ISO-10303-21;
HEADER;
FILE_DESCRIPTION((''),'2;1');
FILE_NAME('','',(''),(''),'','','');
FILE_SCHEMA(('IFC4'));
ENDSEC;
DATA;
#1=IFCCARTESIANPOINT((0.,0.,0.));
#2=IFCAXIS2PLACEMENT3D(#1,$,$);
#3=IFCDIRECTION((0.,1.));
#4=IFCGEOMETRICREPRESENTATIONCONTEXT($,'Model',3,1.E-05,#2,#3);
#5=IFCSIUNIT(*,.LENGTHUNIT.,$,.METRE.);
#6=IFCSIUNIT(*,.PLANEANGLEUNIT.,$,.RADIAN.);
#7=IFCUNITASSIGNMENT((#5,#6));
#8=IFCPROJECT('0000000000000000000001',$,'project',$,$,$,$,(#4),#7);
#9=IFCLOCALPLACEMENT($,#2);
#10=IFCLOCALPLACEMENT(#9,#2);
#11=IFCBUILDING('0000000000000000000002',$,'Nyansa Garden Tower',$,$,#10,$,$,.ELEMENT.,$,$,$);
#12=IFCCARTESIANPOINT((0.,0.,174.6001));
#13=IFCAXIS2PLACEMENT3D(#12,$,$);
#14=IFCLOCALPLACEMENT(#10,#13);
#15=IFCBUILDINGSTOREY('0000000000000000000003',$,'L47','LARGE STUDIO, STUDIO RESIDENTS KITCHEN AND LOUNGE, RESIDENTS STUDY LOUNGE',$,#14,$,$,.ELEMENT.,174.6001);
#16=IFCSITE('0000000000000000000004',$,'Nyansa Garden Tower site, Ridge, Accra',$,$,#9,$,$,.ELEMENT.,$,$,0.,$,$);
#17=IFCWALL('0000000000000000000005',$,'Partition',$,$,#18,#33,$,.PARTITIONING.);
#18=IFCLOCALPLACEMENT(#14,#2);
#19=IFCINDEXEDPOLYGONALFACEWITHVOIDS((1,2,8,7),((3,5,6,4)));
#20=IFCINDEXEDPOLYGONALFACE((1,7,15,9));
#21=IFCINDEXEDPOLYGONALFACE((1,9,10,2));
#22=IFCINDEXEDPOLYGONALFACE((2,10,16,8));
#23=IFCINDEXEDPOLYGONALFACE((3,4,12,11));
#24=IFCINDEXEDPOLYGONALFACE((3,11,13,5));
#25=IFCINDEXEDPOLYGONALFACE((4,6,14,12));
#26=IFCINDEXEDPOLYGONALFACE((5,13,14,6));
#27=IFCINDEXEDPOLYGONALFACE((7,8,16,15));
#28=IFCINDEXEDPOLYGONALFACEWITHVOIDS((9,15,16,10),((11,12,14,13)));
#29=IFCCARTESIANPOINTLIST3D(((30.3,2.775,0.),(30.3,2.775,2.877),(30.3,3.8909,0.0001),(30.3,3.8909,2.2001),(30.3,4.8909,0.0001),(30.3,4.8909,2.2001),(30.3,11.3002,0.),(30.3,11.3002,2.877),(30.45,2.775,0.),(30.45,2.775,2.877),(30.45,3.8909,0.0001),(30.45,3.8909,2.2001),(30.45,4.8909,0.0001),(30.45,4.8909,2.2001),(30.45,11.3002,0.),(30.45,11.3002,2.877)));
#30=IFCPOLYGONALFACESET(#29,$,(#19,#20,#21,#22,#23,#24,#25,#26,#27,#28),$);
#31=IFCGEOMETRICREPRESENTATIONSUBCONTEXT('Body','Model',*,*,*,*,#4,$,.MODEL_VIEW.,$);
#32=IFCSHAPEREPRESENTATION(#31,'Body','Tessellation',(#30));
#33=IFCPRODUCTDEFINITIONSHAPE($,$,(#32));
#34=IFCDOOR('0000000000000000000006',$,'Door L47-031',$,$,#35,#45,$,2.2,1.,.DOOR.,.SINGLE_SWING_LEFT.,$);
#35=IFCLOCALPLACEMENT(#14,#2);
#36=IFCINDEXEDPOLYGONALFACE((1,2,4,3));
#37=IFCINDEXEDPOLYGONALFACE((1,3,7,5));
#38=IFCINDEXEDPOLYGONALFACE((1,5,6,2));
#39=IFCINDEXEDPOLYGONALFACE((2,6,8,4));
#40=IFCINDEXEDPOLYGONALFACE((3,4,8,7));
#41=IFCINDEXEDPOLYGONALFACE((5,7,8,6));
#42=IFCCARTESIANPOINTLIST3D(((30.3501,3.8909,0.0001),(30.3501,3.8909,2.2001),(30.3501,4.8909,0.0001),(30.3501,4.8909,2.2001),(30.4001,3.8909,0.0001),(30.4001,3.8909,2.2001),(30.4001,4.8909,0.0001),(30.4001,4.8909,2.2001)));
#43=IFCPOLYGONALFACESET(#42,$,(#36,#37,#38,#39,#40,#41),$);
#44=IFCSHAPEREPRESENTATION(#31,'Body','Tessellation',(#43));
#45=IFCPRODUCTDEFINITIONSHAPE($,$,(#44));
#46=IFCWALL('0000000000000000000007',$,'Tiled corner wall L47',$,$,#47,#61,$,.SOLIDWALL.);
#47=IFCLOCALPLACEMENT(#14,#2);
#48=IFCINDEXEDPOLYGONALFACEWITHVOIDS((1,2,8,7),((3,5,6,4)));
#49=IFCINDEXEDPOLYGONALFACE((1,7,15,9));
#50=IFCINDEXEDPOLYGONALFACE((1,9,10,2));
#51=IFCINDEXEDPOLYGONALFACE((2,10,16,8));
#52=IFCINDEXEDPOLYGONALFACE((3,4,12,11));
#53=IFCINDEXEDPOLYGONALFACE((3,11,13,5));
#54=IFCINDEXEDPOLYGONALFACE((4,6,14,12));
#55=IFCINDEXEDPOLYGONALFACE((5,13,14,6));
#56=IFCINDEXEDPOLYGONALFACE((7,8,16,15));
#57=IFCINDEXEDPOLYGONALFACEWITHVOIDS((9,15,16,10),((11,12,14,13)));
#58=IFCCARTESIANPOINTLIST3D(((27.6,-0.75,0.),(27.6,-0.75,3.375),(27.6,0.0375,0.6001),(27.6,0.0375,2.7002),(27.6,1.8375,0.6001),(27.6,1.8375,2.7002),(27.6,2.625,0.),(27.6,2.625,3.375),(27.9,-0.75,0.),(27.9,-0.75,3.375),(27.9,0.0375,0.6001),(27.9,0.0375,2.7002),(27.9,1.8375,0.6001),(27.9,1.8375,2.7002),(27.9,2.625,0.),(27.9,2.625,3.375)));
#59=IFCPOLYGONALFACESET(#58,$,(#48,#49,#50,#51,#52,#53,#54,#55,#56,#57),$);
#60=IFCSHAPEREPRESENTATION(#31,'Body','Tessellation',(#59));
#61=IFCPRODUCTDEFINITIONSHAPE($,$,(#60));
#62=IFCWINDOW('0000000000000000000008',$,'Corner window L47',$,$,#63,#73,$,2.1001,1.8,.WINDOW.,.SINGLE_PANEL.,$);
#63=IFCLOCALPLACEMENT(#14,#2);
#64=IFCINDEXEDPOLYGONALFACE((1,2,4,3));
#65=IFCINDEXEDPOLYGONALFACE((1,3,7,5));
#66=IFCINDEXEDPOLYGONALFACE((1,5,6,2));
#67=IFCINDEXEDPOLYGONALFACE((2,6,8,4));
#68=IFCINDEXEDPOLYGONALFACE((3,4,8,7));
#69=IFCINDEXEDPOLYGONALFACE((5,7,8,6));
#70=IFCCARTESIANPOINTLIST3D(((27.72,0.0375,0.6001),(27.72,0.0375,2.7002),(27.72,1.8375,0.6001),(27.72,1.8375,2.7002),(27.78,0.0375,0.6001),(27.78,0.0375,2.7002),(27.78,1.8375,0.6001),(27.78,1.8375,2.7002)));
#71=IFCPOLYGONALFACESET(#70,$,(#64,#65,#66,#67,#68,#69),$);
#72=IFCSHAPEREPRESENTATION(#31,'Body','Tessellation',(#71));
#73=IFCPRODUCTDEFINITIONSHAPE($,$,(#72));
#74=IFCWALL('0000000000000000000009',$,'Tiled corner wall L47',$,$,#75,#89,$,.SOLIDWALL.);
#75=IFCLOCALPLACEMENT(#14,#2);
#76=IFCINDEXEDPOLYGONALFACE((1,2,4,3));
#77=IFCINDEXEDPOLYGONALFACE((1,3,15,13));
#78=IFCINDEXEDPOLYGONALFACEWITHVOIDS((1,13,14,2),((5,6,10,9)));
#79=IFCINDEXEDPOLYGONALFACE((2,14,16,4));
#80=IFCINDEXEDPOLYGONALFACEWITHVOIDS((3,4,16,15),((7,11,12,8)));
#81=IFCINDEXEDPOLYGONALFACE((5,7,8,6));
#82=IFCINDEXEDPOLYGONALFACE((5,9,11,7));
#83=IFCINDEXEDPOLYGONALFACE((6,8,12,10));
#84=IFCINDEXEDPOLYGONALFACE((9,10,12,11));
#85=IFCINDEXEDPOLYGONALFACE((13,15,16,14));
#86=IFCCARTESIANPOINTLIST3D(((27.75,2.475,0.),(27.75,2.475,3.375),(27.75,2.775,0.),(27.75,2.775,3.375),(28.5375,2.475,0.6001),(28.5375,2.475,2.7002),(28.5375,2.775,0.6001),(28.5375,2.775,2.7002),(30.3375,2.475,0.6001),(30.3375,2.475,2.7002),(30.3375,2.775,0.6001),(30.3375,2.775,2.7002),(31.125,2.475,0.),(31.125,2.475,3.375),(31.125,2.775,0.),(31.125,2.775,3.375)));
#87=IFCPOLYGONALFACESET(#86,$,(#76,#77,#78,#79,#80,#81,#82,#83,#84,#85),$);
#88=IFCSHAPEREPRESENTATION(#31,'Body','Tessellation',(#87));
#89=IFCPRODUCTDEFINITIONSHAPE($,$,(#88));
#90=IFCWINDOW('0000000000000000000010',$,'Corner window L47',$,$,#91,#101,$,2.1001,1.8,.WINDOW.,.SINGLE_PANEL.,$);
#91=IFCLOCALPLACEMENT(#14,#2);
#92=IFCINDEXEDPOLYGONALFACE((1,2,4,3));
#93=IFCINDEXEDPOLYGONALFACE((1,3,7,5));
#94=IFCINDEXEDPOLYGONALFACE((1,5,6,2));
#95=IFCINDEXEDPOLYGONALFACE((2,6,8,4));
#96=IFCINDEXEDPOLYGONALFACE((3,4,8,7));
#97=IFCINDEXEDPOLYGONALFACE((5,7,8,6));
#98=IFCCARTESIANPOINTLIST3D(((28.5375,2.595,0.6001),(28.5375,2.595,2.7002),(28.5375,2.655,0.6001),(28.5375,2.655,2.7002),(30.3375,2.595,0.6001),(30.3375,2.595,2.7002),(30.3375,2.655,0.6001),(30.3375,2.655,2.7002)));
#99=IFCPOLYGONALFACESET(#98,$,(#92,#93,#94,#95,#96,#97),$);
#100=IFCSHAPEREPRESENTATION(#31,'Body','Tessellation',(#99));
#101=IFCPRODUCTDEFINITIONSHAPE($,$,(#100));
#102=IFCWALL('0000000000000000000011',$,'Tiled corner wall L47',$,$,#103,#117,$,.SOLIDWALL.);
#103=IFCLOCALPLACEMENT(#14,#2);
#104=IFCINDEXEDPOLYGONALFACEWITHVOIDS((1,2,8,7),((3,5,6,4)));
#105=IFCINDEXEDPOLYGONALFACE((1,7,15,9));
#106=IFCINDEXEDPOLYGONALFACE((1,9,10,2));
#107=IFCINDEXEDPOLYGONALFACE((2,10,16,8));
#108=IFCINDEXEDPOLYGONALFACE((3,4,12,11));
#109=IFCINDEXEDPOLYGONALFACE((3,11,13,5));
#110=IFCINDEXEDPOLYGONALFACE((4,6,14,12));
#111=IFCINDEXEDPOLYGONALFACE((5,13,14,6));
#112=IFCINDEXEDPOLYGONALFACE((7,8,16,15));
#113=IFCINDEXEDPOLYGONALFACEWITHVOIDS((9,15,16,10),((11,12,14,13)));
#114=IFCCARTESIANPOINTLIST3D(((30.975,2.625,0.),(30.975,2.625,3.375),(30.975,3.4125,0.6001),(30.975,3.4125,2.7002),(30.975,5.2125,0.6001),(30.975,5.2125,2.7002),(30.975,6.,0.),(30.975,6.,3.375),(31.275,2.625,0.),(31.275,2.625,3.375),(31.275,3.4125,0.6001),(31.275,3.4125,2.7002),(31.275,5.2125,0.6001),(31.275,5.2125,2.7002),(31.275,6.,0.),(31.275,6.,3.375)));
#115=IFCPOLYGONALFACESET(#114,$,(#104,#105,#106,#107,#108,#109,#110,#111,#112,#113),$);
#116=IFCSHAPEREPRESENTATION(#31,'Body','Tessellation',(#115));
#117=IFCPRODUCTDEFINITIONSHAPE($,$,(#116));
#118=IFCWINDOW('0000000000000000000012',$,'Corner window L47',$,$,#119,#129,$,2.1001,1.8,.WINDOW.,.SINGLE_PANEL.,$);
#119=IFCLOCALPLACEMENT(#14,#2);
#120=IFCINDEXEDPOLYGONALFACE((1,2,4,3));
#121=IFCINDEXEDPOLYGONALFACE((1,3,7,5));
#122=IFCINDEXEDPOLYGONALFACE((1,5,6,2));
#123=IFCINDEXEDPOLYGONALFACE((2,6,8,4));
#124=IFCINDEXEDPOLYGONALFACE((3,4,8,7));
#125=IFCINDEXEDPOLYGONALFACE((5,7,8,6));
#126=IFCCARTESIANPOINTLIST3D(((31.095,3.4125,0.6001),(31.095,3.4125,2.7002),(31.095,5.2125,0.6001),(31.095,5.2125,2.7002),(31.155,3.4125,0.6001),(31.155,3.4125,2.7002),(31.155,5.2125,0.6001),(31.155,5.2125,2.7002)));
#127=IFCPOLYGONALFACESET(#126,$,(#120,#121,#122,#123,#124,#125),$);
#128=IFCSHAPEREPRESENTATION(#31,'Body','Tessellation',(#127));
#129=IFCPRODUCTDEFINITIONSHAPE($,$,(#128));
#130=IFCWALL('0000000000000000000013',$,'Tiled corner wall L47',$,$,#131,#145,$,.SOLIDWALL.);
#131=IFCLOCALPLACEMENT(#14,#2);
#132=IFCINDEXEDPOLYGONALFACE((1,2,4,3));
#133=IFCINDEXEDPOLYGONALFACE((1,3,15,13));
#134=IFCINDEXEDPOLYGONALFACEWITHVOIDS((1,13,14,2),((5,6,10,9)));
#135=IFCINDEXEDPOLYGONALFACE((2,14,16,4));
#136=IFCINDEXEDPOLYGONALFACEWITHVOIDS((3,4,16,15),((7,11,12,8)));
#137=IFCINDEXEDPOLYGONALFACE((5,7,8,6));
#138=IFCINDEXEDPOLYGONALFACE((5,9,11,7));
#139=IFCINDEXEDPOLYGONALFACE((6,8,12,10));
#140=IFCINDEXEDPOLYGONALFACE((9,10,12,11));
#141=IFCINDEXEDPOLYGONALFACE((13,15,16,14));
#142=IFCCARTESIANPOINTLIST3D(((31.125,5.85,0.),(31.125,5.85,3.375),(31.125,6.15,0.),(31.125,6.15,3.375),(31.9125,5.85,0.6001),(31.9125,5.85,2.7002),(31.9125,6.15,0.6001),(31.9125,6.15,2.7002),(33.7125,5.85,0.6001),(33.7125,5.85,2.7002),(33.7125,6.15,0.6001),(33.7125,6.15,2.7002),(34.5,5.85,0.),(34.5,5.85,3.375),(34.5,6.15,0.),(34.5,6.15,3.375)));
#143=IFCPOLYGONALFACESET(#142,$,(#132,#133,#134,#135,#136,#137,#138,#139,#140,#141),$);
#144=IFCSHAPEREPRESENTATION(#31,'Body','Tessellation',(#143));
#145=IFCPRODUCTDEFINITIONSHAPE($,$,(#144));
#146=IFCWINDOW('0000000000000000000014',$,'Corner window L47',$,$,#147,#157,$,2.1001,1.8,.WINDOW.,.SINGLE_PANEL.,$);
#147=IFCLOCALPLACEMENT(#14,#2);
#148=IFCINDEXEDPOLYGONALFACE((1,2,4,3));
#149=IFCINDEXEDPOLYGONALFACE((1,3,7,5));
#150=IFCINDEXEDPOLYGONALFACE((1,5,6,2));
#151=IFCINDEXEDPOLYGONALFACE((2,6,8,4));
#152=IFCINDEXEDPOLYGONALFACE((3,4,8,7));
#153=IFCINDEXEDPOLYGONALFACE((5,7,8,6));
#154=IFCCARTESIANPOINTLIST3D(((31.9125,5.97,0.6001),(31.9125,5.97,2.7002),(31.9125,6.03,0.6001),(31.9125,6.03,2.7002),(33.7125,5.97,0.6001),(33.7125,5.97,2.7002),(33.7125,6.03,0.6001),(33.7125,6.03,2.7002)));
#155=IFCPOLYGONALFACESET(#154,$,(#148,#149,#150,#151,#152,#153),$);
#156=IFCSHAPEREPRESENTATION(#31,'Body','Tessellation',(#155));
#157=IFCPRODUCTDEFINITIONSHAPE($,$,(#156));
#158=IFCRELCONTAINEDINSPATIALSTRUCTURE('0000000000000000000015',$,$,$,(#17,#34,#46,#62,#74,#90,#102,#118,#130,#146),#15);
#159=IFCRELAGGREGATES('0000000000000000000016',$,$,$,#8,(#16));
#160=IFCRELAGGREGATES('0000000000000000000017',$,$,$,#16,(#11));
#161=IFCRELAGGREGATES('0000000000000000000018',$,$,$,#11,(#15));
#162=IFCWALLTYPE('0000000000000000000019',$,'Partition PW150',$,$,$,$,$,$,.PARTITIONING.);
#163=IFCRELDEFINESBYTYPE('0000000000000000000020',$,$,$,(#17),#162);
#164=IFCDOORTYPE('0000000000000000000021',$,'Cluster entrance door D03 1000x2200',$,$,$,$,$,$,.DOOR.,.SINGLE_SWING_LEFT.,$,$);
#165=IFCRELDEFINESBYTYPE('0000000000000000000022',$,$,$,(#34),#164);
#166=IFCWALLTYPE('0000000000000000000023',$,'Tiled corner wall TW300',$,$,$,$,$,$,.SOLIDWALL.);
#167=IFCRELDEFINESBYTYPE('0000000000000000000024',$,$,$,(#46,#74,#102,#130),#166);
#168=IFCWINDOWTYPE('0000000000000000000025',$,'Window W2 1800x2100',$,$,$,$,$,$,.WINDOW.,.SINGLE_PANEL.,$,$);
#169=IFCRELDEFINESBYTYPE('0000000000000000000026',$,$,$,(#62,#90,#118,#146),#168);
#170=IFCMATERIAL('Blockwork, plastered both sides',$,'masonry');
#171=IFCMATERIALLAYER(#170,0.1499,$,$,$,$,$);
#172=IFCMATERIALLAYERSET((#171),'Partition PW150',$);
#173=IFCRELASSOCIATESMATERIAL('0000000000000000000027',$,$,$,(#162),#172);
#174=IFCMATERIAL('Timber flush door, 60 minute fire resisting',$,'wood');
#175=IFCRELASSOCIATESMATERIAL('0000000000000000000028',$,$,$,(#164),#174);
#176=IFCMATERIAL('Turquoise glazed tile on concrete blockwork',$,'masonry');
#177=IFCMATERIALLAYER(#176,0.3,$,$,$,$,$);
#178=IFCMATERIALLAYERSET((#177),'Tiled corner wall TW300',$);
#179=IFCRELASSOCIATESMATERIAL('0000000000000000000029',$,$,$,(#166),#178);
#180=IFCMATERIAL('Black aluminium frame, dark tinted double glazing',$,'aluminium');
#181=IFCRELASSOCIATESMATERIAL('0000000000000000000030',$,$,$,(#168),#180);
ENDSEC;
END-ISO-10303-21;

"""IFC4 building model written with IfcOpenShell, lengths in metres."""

from ifc_helpers import new_model, si_unit, direction, frame, frame_2d, origin, place, context, subcontext, project, spatial, rectangle, extrude, material, layer, layer_set, type_object, element, fill, save


model = new_model("IFC4")

# Units and contexts
model_context = context("Model", 3, precision=1e-05, world=origin(), true_north=direction((0.0, 1.0)))
body_context = subcontext(model_context, "Body", "Model", "MODEL_VIEW")
ifc_project = project(units=[si_unit("LENGTHUNIT", "METRE"), si_unit("PLANEANGLEUNIT", "RADIAN")], contexts=[model_context])

# Site, building, storey
site_placement = place(None, origin())
site = spatial("IfcSite", under=ifc_project, at=site_placement, Name="Nyansa Garden Tower site, Ridge, Accra", CompositionType="ELEMENT", RefElevation=0.0)
building_placement = place(site_placement, origin())
building = spatial("IfcBuilding", under=site, at=building_placement, Name="Nyansa Garden Tower", CompositionType="ELEMENT")
storey_placement = place(building_placement, frame((0.0, 0.0, 174.6001)))
storey = spatial("IfcBuildingStorey", under=building, at=storey_placement, Name="L47", Description="LARGE STUDIO, STUDIO RESIDENTS KITCHEN AND LOUNGE, RESIDENTS STUDY LOUNGE", CompositionType="ELEMENT", Elevation=174.6001)

# Shared definitions
ifc_material_1 = material(Name="Blockwork, plastered both sides", Category="masonry")
ifc_layer_1 = layer(ifc_material_1, 0.1499)
ifc_layer_set_1 = layer_set([ifc_layer_1], Name="Partition PW150")
wall_type_1 = type_object("IfcWallType", Name="Partition PW150", PredefinedType="PARTITIONING", material=ifc_layer_set_1)

# Wall, opening, door
wall_1_placement = place(storey_placement, frame((30.375, 2.7749, 0.0), z_axis=(0.0, 0.0, 1.0), x_axis=(0.0, 1.0, 0.0)))
wall_1 = element("IfcWall", 1, at=wall_1_placement, inside=storey, type_object=wall_type_1, Name="Partition", PredefinedType="PARTITIONING", context=body_context, shape_type="SweptSolid", body=[
    extrude(rectangle(XDim=8.5251, YDim=0.1499, at=frame_2d((4.2627, 0.0))), origin(), (0.0, 0.0, 1.0), 2.877),
])
opening_1_placement = place(wall_1_placement, frame((1.116, 0.0, 0.0)))
opening_1 = element("IfcOpeningElement", 2, at=opening_1_placement, cuts=wall_1, PredefinedType="OPENING", context=body_context, shape_type="SweptSolid", body=[
    extrude(rectangle(XDim=1.0, YDim=2.2, at=frame_2d((0.5, 1.1001))), frame((0.0, 0.085, 0.0), z_axis=(0.0, -1.0, 0.0), x_axis=(1.0, 0.0, 0.0)), (0.0, 0.0, 1.0), 0.1699),
])
ifc_material_2 = material(Name="Timber flush door, 60 minute fire resisting", Category="wood")
door_type = type_object("IfcDoorType", Name="Cluster entrance door D03 1000x2200", OperationType="SINGLE_SWING_LEFT", PredefinedType="DOOR", material=ifc_material_2)
door_placement = place(opening_1_placement, origin())
door = element("IfcDoor", 3, at=door_placement, inside=storey, type_object=door_type, Name="Door L47-031", OperationType="SINGLE_SWING_LEFT", OverallHeight=2.2, OverallWidth=1.0, PredefinedType="DOOR", context=body_context, shape_type="SweptSolid", body=[
    extrude(rectangle(XDim=1.0, YDim=2.2, at=frame_2d((0.5, 1.1001))), frame((0.0, 0.0249, 0.0), z_axis=(0.0, -1.0, 0.0), x_axis=(1.0, 0.0, 0.0)), (0.0, 0.0, 1.0), 0.05),
])
fill(opening_1, door)

# Walls, openings, windows
ifc_material_3 = material(Name="Turquoise glazed tile on concrete blockwork", Category="masonry")
ifc_layer_2 = layer(ifc_material_3, 0.3)
ifc_layer_set_2 = layer_set([ifc_layer_2], Name="Tiled corner wall TW300")
wall_type_2 = type_object("IfcWallType", Name="Tiled corner wall TW300", PredefinedType="SOLIDWALL", material=ifc_layer_set_2)
wall_2_placement = place(storey_placement, frame((27.75, -0.75, 0.0), z_axis=(0.0, 0.0, 1.0), x_axis=(0.0, 1.0, 0.0)))
wall_2 = element("IfcWall", 4, at=wall_2_placement, inside=storey, type_object=wall_type_2, Name="Tiled corner wall L47", PredefinedType="SOLIDWALL", context=body_context, shape_type="SweptSolid", body=[
    extrude(rectangle(XDim=3.375, YDim=0.3, at=frame_2d((1.6875, 0.0))), origin(), (0.0, 0.0, 1.0), 3.375),
])
opening_2_placement = place(wall_2_placement, frame((0.7876, 0.0, 0.6001)))
opening_2 = element("IfcOpeningElement", 5, at=opening_2_placement, cuts=wall_2, PredefinedType="OPENING", context=body_context, shape_type="SweptSolid", body=[
    extrude(rectangle(XDim=1.8, YDim=2.1001, at=frame_2d((0.8999, 1.05))), frame((0.0, 0.1599, 0.0), z_axis=(0.0, -1.0, 0.0), x_axis=(1.0, 0.0, 0.0)), (0.0, 0.0, 1.0), 0.3201),
])
ifc_material_4 = material(Name="Black aluminium frame, dark tinted double glazing", Category="aluminium")
window_type = type_object("IfcWindowType", Name="Window W2 1800x2100", PartitioningType="SINGLE_PANEL", PredefinedType="WINDOW", material=ifc_material_4)
window_1_placement = place(opening_2_placement, origin())
window_1 = element("IfcWindow", 6, at=window_1_placement, inside=storey, type_object=window_type, Name="Corner window L47", OverallHeight=2.1001, OverallWidth=1.8, PartitioningType="SINGLE_PANEL", PredefinedType="WINDOW", context=body_context, shape_type="SweptSolid", body=[
    extrude(rectangle(XDim=1.8, YDim=2.1001, at=frame_2d((0.8999, 1.05))), frame((0.0, 0.03, 0.0), z_axis=(0.0, -1.0, 0.0), x_axis=(1.0, 0.0, 0.0)), (0.0, 0.0, 1.0), 0.0601),
])
fill(opening_2, window_1)
wall_3_placement = place(storey_placement, frame((27.75, 2.625, 0.0), z_axis=(0.0, 0.0, 1.0), x_axis=(1.0, 0.0, 0.0)))
wall_3 = element("IfcWall", 7, at=wall_3_placement, inside=storey, type_object=wall_type_2, Name="Tiled corner wall L47", PredefinedType="SOLIDWALL", context=body_context, shape_type="SweptSolid", body=[
    extrude(rectangle(XDim=3.375, YDim=0.3, at=frame_2d((1.6875, 0.0))), origin(), (0.0, 0.0, 1.0), 3.375),
])
opening_3_placement = place(wall_3_placement, frame((0.7876, 0.0, 0.6001)))
opening_3 = element("IfcOpeningElement", 8, at=opening_3_placement, cuts=wall_3, PredefinedType="OPENING", context=body_context, shape_type="SweptSolid", body=[
    extrude(rectangle(XDim=1.8, YDim=2.1001, at=frame_2d((0.8999, 1.05))), frame((0.0, 0.1599, 0.0), z_axis=(0.0, -1.0, 0.0), x_axis=(1.0, 0.0, 0.0)), (0.0, 0.0, 1.0), 0.3201),
])
window_2_placement = place(opening_3_placement, origin())
window_2 = element("IfcWindow", 9, at=window_2_placement, inside=storey, type_object=window_type, Name="Corner window L47", OverallHeight=2.1001, OverallWidth=1.8, PartitioningType="SINGLE_PANEL", PredefinedType="WINDOW", context=body_context, shape_type="SweptSolid", body=[
    extrude(rectangle(XDim=1.8, YDim=2.1001, at=frame_2d((0.8999, 1.05))), frame((0.0, 0.03, 0.0), z_axis=(0.0, -1.0, 0.0), x_axis=(1.0, 0.0, 0.0)), (0.0, 0.0, 1.0), 0.0601),
])
fill(opening_3, window_2)
wall_4_placement = place(storey_placement, frame((31.125, 2.625, 0.0), z_axis=(0.0, 0.0, 1.0), x_axis=(0.0, 1.0, 0.0)))
wall_4 = element("IfcWall", 10, at=wall_4_placement, inside=storey, type_object=wall_type_2, Name="Tiled corner wall L47", PredefinedType="SOLIDWALL", context=body_context, shape_type="SweptSolid", body=[
    extrude(rectangle(XDim=3.375, YDim=0.3, at=frame_2d((1.6875, 0.0))), origin(), (0.0, 0.0, 1.0), 3.375),
])
opening_4_placement = place(wall_4_placement, frame((0.7876, 0.0, 0.6001)))
opening_4 = element("IfcOpeningElement", 11, at=opening_4_placement, cuts=wall_4, PredefinedType="OPENING", context=body_context, shape_type="SweptSolid", body=[
    extrude(rectangle(XDim=1.8, YDim=2.1001, at=frame_2d((0.8999, 1.05))), frame((0.0, 0.1599, 0.0), z_axis=(0.0, -1.0, 0.0), x_axis=(1.0, 0.0, 0.0)), (0.0, 0.0, 1.0), 0.3201),
])
window_3_placement = place(opening_4_placement, origin())
window_3 = element("IfcWindow", 12, at=window_3_placement, inside=storey, type_object=window_type, Name="Corner window L47", OverallHeight=2.1001, OverallWidth=1.8, PartitioningType="SINGLE_PANEL", PredefinedType="WINDOW", context=body_context, shape_type="SweptSolid", body=[
    extrude(rectangle(XDim=1.8, YDim=2.1001, at=frame_2d((0.8999, 1.05))), frame((0.0, 0.03, 0.0), z_axis=(0.0, -1.0, 0.0), x_axis=(1.0, 0.0, 0.0)), (0.0, 0.0, 1.0), 0.0601),
])
fill(opening_4, window_3)
wall_5_placement = place(storey_placement, frame((31.125, 6.0, 0.0), z_axis=(0.0, 0.0, 1.0), x_axis=(1.0, 0.0, 0.0)))
wall_5 = element("IfcWall", 13, at=wall_5_placement, inside=storey, type_object=wall_type_2, Name="Tiled corner wall L47", PredefinedType="SOLIDWALL", context=body_context, shape_type="SweptSolid", body=[
    extrude(rectangle(XDim=3.375, YDim=0.3, at=frame_2d((1.6875, 0.0))), origin(), (0.0, 0.0, 1.0), 3.375),
])
opening_5_placement = place(wall_5_placement, frame((0.7876, 0.0, 0.6001)))
opening_5 = element("IfcOpeningElement", 14, at=opening_5_placement, cuts=wall_5, PredefinedType="OPENING", context=body_context, shape_type="SweptSolid", body=[
    extrude(rectangle(XDim=1.8, YDim=2.1001, at=frame_2d((0.8999, 1.05))), frame((0.0, 0.1599, 0.0), z_axis=(0.0, -1.0, 0.0), x_axis=(1.0, 0.0, 0.0)), (0.0, 0.0, 1.0), 0.3201),
])
window_4_placement = place(opening_5_placement, origin())
window_4 = element("IfcWindow", 15, at=window_4_placement, inside=storey, type_object=window_type, Name="Corner window L47", OverallHeight=2.1001, OverallWidth=1.8, PartitioningType="SINGLE_PANEL", PredefinedType="WINDOW", context=body_context, shape_type="SweptSolid", body=[
    extrude(rectangle(XDim=1.8, YDim=2.1001, at=frame_2d((0.8999, 1.05))), frame((0.0, 0.03, 0.0), z_axis=(0.0, -1.0, 0.0), x_axis=(1.0, 0.0, 0.0)), (0.0, 0.0, 1.0), 0.0601),
])
fill(opening_5, window_4)

save(model, "model.ifc")
